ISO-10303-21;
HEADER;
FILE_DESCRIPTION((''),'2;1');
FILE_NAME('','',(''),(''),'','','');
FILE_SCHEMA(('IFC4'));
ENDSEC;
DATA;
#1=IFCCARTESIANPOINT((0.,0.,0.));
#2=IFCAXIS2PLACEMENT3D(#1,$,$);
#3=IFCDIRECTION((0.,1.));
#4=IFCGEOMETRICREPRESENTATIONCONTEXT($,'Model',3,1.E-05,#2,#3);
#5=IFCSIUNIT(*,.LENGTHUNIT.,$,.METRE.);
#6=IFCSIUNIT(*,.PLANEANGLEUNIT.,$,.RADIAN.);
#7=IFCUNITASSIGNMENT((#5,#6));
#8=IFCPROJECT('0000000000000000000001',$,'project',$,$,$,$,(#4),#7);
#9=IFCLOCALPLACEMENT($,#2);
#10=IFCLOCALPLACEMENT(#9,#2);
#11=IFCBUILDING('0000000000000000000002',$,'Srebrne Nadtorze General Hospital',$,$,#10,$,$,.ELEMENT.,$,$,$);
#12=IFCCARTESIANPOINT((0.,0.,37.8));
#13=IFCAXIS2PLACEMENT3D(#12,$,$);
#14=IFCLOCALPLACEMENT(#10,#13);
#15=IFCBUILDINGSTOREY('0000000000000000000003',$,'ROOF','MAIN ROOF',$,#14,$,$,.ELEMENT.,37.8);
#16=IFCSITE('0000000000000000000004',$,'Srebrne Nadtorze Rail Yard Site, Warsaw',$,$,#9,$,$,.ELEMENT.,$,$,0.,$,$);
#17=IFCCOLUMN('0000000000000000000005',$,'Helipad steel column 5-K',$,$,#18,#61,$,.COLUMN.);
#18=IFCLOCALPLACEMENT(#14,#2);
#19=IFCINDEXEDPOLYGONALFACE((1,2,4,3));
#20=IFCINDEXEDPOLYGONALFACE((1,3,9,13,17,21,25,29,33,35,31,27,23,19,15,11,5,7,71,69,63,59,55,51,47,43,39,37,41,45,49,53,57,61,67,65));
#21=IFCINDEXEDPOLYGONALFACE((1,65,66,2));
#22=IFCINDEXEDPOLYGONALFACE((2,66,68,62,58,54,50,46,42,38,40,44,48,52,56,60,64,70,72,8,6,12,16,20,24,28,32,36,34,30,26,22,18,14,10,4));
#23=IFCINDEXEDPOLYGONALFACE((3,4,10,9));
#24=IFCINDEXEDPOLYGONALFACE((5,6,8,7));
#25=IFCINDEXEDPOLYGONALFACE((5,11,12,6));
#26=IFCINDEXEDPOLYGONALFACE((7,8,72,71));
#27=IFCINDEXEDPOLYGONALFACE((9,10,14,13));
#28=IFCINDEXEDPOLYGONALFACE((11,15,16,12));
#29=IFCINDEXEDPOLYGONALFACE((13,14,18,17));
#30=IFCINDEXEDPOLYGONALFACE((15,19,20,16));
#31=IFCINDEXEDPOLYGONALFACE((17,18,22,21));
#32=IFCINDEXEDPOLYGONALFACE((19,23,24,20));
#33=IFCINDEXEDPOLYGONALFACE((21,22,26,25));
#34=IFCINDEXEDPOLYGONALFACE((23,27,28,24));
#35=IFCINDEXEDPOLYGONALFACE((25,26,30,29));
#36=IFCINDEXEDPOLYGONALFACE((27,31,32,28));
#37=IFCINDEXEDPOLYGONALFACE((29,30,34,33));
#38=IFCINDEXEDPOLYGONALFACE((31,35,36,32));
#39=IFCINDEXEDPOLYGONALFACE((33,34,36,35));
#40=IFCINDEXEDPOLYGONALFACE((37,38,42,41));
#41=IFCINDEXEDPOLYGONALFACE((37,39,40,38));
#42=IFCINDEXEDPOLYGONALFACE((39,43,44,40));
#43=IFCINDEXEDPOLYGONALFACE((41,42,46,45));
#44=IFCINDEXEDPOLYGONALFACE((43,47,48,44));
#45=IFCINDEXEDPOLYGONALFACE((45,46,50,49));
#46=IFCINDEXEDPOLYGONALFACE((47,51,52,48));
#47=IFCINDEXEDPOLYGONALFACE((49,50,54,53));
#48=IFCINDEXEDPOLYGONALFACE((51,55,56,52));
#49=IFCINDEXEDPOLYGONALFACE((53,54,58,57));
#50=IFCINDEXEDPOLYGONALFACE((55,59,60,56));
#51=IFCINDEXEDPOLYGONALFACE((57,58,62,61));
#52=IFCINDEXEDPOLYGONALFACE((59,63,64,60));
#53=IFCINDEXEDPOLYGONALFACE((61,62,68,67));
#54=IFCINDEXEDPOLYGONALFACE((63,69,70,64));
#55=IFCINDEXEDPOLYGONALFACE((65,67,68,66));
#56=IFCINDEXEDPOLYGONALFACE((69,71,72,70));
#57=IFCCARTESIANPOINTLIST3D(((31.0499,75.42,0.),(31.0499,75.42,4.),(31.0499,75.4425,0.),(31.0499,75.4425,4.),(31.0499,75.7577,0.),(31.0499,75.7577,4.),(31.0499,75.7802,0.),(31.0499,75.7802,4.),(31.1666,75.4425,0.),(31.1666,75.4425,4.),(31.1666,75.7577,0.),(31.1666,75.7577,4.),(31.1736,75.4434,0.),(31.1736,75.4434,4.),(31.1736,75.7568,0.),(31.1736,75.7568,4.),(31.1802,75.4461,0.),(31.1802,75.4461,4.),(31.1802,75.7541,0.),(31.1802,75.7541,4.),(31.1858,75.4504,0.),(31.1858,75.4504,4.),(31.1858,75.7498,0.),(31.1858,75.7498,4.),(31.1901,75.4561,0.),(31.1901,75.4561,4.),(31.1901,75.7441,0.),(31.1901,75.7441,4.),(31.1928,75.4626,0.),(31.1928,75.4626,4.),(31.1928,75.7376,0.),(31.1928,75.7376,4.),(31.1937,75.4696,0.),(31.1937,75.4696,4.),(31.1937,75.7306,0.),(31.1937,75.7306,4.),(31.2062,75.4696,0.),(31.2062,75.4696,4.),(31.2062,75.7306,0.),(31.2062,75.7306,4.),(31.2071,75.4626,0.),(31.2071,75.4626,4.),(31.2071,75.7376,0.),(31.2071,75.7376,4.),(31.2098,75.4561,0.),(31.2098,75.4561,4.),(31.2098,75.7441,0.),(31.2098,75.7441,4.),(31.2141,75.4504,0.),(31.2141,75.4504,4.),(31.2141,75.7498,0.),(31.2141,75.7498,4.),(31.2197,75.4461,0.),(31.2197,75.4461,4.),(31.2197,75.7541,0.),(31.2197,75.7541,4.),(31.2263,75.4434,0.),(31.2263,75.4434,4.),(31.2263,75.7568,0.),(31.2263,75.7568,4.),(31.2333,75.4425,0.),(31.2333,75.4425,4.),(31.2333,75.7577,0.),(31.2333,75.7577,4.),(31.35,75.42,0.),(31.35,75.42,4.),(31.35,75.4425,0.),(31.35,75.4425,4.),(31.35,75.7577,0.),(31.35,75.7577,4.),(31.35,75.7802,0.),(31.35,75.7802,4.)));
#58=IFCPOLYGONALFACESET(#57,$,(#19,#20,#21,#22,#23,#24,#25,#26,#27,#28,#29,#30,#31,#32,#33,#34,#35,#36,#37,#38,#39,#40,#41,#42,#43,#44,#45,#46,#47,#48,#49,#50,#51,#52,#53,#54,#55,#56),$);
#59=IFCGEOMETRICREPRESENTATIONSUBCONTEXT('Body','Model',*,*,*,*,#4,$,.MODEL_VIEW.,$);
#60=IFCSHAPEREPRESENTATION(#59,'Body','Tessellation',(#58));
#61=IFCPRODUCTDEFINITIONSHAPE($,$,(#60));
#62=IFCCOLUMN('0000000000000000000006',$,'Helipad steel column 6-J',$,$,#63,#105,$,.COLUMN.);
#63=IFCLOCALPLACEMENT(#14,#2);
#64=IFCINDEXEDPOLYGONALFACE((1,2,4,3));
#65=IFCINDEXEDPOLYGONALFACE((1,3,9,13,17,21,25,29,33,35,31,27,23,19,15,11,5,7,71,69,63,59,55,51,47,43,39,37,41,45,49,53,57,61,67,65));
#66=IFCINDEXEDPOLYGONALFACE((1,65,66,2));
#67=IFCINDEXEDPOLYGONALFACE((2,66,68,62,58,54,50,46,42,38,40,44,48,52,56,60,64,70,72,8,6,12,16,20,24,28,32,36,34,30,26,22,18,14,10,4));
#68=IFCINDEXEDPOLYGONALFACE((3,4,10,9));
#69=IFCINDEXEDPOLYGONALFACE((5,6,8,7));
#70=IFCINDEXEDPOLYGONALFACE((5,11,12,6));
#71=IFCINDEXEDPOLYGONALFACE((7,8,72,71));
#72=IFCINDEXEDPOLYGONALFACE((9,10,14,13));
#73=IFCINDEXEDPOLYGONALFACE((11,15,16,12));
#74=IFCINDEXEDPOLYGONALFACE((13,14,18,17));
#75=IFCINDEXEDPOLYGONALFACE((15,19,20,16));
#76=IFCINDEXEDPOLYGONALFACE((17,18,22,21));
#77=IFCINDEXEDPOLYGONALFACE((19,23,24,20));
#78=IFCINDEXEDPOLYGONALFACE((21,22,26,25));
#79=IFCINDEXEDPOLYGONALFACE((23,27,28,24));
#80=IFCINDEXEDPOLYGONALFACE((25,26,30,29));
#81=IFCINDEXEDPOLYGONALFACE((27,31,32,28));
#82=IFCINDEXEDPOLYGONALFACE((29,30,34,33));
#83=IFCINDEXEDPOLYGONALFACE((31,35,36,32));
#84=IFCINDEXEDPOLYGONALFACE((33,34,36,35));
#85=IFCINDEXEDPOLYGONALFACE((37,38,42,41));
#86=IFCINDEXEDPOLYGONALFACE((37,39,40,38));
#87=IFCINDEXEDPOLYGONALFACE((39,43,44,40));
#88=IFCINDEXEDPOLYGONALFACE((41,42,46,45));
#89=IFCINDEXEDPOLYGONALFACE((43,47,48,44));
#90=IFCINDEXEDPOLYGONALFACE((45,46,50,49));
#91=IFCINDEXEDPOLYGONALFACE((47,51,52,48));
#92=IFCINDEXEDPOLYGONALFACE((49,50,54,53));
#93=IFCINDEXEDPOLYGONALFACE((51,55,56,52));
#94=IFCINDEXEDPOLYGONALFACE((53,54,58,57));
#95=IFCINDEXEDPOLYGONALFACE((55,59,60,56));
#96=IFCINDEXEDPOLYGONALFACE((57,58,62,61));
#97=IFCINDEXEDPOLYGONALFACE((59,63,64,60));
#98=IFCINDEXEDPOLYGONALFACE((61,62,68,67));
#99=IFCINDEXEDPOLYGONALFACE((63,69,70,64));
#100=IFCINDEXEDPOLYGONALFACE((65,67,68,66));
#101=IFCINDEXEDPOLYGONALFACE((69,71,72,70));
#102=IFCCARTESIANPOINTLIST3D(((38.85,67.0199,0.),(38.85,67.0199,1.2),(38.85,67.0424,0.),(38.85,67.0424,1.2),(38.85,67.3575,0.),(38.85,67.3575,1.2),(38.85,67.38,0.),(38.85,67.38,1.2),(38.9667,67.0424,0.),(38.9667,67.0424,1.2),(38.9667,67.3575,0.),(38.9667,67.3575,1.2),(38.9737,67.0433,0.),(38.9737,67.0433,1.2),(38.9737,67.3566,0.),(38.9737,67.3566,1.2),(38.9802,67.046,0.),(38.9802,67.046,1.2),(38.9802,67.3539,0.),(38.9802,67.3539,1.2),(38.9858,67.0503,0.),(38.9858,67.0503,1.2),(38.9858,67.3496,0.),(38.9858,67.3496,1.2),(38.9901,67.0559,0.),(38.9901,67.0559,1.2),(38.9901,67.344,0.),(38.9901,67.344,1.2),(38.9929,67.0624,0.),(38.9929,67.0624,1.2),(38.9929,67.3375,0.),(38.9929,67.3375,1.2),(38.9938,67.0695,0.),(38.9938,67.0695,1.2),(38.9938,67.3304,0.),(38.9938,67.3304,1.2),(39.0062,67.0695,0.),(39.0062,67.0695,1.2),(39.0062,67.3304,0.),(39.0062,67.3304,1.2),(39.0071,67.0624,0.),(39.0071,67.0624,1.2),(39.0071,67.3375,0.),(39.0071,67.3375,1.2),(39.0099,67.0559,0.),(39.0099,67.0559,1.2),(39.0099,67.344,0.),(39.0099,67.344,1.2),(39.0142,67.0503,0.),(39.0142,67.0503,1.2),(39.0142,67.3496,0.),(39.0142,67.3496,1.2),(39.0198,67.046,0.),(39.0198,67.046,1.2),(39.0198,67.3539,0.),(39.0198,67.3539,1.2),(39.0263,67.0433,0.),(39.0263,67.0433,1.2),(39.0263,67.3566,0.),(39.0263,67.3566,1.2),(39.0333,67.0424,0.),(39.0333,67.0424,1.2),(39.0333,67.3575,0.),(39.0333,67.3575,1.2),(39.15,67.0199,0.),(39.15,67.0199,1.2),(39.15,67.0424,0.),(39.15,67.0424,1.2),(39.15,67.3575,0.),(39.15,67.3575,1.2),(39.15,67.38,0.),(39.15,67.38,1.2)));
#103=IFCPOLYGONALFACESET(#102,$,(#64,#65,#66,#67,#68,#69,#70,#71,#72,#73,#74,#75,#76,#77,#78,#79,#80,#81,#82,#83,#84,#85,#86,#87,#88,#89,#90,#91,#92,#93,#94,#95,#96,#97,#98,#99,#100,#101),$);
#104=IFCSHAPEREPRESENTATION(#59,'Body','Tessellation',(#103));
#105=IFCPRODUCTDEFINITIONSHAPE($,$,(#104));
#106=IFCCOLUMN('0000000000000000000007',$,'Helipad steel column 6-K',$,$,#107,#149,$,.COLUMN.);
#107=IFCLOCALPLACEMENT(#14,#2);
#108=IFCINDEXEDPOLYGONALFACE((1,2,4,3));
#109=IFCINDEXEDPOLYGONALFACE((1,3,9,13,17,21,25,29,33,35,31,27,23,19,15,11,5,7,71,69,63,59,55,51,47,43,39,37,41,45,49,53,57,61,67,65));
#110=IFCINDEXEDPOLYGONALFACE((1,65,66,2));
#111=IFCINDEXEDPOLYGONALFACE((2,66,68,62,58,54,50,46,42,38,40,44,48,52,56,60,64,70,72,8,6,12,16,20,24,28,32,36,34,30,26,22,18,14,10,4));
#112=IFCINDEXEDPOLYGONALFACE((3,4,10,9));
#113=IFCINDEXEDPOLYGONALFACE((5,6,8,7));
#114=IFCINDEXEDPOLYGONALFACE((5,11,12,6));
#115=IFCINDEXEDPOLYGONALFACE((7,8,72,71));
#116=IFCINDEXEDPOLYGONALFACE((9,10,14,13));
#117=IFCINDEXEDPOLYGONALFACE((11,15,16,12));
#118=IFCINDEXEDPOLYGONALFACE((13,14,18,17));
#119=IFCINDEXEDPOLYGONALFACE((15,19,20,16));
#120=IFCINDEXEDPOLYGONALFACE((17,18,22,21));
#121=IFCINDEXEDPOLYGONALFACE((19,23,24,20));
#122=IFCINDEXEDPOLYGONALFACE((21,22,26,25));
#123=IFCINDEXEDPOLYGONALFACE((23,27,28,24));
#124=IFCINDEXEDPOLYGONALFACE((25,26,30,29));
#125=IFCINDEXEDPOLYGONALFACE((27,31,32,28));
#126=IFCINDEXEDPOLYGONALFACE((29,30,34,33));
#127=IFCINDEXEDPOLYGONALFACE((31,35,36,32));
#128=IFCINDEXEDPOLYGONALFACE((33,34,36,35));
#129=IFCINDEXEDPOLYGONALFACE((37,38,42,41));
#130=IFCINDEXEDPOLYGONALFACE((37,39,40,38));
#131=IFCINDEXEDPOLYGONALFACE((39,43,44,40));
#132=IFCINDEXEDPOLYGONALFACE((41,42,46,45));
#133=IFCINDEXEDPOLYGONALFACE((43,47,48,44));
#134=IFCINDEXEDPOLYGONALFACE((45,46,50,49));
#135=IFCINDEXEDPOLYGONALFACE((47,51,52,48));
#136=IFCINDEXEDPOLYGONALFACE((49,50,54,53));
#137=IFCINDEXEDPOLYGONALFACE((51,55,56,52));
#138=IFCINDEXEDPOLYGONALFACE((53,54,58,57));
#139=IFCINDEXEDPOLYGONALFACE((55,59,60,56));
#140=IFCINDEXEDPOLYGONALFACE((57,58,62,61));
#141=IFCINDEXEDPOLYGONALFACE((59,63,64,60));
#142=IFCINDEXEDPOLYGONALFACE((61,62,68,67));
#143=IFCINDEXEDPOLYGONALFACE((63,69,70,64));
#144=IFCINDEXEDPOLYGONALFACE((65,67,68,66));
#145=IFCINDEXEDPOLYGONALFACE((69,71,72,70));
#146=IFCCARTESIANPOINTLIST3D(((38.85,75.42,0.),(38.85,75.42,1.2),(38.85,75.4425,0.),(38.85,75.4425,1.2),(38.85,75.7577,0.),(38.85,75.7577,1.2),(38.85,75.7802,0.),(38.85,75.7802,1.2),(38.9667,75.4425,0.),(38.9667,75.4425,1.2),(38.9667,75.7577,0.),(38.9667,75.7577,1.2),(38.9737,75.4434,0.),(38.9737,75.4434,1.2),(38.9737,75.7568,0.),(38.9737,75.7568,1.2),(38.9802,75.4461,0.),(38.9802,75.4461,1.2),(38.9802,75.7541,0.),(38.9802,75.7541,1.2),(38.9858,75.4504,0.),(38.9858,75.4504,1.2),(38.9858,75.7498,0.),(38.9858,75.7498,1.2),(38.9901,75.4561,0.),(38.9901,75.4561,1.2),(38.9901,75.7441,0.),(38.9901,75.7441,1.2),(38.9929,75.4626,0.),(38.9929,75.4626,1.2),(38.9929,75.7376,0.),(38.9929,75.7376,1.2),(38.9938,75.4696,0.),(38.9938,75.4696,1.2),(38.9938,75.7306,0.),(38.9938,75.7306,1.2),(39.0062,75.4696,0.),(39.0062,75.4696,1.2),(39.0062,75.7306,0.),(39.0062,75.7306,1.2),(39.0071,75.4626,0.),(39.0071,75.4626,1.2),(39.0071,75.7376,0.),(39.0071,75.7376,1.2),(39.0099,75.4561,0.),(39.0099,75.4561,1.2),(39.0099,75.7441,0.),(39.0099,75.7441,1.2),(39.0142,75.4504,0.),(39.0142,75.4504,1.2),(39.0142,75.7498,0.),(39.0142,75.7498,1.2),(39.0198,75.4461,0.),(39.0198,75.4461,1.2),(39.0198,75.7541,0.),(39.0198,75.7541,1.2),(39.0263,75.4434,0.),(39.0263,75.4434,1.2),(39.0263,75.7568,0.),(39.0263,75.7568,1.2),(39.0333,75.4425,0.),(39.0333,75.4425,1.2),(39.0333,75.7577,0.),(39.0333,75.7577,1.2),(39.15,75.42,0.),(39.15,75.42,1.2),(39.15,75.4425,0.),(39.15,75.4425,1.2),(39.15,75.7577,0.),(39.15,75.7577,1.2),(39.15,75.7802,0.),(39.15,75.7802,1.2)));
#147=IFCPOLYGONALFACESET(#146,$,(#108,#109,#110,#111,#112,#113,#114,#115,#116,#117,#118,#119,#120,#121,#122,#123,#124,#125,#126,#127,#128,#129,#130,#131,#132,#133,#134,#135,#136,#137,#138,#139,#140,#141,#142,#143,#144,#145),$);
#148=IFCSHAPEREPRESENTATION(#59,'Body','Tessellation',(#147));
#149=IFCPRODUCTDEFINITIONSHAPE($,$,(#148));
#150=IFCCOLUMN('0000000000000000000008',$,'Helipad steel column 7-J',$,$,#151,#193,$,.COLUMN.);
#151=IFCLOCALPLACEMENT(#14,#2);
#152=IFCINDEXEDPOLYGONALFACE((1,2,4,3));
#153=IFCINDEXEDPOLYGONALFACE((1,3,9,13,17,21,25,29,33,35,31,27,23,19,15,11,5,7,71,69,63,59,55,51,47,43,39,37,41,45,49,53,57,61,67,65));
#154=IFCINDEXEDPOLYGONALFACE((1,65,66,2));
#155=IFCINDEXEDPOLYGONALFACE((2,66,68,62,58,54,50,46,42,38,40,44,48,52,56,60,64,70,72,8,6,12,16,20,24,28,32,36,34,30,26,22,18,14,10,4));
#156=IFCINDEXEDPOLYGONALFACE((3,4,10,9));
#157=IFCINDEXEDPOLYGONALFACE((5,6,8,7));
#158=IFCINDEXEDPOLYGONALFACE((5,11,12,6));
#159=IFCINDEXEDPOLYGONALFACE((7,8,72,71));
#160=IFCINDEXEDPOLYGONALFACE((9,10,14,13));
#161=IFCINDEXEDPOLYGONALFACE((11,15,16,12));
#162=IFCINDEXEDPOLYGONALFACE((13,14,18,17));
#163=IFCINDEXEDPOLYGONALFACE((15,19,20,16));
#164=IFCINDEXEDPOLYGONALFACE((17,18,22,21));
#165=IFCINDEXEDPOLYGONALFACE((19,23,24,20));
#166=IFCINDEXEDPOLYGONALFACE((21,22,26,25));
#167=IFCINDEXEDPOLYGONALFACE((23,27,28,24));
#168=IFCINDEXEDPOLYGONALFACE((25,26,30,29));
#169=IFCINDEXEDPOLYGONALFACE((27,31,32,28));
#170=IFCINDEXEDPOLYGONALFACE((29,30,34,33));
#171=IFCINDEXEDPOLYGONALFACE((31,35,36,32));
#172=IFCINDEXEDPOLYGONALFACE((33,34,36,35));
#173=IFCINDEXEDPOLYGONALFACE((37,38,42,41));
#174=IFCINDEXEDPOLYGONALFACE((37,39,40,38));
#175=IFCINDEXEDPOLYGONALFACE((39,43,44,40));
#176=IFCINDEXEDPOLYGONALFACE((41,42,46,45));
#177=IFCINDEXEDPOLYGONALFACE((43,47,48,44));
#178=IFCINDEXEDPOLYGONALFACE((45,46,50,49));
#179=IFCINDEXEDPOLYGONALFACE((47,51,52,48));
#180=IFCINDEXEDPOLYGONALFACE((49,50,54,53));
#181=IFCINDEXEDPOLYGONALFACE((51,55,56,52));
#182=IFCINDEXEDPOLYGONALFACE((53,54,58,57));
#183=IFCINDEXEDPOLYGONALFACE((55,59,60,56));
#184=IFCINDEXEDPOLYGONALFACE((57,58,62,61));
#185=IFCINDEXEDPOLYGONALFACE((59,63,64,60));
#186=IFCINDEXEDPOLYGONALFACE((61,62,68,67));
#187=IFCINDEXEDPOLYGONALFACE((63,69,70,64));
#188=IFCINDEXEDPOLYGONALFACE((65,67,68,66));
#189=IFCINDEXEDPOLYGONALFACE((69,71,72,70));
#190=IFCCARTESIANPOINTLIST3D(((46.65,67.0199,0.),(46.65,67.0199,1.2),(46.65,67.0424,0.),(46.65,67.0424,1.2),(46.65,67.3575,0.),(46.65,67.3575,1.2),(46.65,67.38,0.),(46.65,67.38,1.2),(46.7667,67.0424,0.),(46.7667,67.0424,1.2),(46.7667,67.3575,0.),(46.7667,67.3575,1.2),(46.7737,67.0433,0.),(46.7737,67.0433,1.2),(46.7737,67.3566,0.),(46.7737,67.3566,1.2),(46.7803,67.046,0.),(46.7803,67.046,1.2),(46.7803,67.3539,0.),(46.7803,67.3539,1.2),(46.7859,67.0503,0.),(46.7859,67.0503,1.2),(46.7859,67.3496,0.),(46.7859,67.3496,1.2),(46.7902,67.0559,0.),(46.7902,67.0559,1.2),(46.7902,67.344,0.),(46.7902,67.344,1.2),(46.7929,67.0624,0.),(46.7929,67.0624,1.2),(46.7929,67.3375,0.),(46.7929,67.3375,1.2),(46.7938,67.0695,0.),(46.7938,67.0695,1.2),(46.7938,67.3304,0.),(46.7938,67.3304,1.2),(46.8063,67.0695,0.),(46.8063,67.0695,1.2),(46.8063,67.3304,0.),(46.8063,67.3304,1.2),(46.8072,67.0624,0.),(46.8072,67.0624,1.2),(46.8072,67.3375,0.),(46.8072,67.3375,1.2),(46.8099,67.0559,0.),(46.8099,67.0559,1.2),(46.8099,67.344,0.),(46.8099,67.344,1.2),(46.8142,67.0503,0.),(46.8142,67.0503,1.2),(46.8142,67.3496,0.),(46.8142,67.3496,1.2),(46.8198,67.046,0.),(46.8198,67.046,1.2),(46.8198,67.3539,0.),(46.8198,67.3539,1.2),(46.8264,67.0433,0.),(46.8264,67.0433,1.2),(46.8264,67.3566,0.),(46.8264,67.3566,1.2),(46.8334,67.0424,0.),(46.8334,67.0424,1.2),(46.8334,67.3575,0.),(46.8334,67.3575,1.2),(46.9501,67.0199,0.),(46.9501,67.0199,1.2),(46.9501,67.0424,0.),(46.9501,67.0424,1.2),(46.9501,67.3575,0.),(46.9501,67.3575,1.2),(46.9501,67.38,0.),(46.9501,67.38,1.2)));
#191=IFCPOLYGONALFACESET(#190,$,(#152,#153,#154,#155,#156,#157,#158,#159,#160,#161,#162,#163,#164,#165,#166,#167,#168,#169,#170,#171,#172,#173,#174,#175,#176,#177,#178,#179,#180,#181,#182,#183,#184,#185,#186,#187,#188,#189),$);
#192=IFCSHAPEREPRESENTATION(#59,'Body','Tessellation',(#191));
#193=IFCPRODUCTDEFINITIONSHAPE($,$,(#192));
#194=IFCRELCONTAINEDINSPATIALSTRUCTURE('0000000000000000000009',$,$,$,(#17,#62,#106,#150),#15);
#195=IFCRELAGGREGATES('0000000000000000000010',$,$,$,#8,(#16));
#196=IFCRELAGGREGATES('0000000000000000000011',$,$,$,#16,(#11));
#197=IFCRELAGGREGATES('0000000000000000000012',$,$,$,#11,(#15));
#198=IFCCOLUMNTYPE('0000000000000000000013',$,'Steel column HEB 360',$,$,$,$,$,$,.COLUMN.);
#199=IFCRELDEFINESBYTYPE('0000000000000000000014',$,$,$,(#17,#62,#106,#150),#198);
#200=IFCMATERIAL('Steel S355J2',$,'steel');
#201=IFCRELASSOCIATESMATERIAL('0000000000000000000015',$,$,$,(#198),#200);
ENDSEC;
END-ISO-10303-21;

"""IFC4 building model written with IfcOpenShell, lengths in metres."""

from ifc_helpers import new_model, si_unit, direction, frame, origin, origin_2d, place, context, subcontext, project, spatial, i_section, extrude, material, material_profile, profile_set, type_object, element, save


model = new_model("IFC4")

# Units and contexts
model_context = context("Model", 3, precision=1e-05, world=origin(), true_north=direction((0.0, 1.0)))
body_context = subcontext(model_context, "Body", "Model", "MODEL_VIEW")
ifc_project = project(units=[si_unit("LENGTHUNIT", "METRE"), si_unit("PLANEANGLEUNIT", "RADIAN")], contexts=[model_context])

# Site, building, storey
site_placement = place(None, origin())
site = spatial("IfcSite", under=ifc_project, at=site_placement, Name="Srebrne Nadtorze Rail Yard Site, Warsaw", CompositionType="ELEMENT", RefElevation=0.0)
building_placement = place(site_placement, origin())
building = spatial("IfcBuilding", under=site, at=building_placement, Name="Srebrne Nadtorze General Hospital", CompositionType="ELEMENT")
storey_placement = place(building_placement, frame((0.0, 0.0, 37.8)))
storey = spatial("IfcBuildingStorey", under=building, at=storey_placement, Name="ROOF", Description="MAIN ROOF", CompositionType="ELEMENT", Elevation=37.8)

# Columns
ifc_material_1 = material(Name="Steel S355J2", Category="steel")
ifc_material_profile_1 = material_profile(ifc_material_1, i_section(OverallWidth=0.3, OverallDepth=0.3601, WebThickness=0.0125, FlangeThickness=0.0225, FilletRadius=0.0271, at=origin_2d()), Name="HEB-360")
ifc_profile_set_1 = profile_set([ifc_material_profile_1], Name="Steel S355J2")
column_type_1 = type_object("IfcColumnType", Name="Steel column HEB 360", PredefinedType="COLUMN", material=ifc_profile_set_1)
for number, where, z_axis, x_axis, name in (
    (1, (31.2, 75.6001, 0.0), (0.0, 0.0, 1.0), (1.0, 0.0, 0.0), "Helipad steel column 5-K"),
):
    element("IfcColumn", number, at=place(storey_placement, frame(where, z_axis=z_axis, x_axis=x_axis)), inside=storey, type_object=column_type_1, Name=name, PredefinedType="COLUMN", context=body_context, shape_type="SweptSolid", body=[
        extrude(i_section(OverallWidth=0.3, OverallDepth=0.3601, WebThickness=0.0125, FlangeThickness=0.0225, FilletRadius=0.0271, at=origin_2d()), origin(), (0.0, 0.0, 1.0), 4.0),
    ])
for number, where, z_axis, x_axis, name in (
    (2, (39.0, 67.2, 0.0), (0.0, 0.0, 1.0), (1.0, 0.0, 0.0), "Helipad steel column 6-J"),
    (3, (39.0, 75.6001, 0.0), (0.0, 0.0, 1.0), (1.0, 0.0, 0.0), "Helipad steel column 6-K"),
    (4, (46.8, 67.2, 0.0), (0.0, 0.0, 1.0), (1.0, 0.0, 0.0), "Helipad steel column 7-J"),
):
    element("IfcColumn", number, at=place(storey_placement, frame(where, z_axis=z_axis, x_axis=x_axis)), inside=storey, type_object=column_type_1, Name=name, PredefinedType="COLUMN", context=body_context, shape_type="SweptSolid", body=[
        extrude(i_section(OverallWidth=0.3, OverallDepth=0.3601, WebThickness=0.0125, FlangeThickness=0.0225, FilletRadius=0.0271, at=origin_2d()), origin(), (0.0, 0.0, 1.0), 1.2),
    ])

save(model, "model.ifc")
